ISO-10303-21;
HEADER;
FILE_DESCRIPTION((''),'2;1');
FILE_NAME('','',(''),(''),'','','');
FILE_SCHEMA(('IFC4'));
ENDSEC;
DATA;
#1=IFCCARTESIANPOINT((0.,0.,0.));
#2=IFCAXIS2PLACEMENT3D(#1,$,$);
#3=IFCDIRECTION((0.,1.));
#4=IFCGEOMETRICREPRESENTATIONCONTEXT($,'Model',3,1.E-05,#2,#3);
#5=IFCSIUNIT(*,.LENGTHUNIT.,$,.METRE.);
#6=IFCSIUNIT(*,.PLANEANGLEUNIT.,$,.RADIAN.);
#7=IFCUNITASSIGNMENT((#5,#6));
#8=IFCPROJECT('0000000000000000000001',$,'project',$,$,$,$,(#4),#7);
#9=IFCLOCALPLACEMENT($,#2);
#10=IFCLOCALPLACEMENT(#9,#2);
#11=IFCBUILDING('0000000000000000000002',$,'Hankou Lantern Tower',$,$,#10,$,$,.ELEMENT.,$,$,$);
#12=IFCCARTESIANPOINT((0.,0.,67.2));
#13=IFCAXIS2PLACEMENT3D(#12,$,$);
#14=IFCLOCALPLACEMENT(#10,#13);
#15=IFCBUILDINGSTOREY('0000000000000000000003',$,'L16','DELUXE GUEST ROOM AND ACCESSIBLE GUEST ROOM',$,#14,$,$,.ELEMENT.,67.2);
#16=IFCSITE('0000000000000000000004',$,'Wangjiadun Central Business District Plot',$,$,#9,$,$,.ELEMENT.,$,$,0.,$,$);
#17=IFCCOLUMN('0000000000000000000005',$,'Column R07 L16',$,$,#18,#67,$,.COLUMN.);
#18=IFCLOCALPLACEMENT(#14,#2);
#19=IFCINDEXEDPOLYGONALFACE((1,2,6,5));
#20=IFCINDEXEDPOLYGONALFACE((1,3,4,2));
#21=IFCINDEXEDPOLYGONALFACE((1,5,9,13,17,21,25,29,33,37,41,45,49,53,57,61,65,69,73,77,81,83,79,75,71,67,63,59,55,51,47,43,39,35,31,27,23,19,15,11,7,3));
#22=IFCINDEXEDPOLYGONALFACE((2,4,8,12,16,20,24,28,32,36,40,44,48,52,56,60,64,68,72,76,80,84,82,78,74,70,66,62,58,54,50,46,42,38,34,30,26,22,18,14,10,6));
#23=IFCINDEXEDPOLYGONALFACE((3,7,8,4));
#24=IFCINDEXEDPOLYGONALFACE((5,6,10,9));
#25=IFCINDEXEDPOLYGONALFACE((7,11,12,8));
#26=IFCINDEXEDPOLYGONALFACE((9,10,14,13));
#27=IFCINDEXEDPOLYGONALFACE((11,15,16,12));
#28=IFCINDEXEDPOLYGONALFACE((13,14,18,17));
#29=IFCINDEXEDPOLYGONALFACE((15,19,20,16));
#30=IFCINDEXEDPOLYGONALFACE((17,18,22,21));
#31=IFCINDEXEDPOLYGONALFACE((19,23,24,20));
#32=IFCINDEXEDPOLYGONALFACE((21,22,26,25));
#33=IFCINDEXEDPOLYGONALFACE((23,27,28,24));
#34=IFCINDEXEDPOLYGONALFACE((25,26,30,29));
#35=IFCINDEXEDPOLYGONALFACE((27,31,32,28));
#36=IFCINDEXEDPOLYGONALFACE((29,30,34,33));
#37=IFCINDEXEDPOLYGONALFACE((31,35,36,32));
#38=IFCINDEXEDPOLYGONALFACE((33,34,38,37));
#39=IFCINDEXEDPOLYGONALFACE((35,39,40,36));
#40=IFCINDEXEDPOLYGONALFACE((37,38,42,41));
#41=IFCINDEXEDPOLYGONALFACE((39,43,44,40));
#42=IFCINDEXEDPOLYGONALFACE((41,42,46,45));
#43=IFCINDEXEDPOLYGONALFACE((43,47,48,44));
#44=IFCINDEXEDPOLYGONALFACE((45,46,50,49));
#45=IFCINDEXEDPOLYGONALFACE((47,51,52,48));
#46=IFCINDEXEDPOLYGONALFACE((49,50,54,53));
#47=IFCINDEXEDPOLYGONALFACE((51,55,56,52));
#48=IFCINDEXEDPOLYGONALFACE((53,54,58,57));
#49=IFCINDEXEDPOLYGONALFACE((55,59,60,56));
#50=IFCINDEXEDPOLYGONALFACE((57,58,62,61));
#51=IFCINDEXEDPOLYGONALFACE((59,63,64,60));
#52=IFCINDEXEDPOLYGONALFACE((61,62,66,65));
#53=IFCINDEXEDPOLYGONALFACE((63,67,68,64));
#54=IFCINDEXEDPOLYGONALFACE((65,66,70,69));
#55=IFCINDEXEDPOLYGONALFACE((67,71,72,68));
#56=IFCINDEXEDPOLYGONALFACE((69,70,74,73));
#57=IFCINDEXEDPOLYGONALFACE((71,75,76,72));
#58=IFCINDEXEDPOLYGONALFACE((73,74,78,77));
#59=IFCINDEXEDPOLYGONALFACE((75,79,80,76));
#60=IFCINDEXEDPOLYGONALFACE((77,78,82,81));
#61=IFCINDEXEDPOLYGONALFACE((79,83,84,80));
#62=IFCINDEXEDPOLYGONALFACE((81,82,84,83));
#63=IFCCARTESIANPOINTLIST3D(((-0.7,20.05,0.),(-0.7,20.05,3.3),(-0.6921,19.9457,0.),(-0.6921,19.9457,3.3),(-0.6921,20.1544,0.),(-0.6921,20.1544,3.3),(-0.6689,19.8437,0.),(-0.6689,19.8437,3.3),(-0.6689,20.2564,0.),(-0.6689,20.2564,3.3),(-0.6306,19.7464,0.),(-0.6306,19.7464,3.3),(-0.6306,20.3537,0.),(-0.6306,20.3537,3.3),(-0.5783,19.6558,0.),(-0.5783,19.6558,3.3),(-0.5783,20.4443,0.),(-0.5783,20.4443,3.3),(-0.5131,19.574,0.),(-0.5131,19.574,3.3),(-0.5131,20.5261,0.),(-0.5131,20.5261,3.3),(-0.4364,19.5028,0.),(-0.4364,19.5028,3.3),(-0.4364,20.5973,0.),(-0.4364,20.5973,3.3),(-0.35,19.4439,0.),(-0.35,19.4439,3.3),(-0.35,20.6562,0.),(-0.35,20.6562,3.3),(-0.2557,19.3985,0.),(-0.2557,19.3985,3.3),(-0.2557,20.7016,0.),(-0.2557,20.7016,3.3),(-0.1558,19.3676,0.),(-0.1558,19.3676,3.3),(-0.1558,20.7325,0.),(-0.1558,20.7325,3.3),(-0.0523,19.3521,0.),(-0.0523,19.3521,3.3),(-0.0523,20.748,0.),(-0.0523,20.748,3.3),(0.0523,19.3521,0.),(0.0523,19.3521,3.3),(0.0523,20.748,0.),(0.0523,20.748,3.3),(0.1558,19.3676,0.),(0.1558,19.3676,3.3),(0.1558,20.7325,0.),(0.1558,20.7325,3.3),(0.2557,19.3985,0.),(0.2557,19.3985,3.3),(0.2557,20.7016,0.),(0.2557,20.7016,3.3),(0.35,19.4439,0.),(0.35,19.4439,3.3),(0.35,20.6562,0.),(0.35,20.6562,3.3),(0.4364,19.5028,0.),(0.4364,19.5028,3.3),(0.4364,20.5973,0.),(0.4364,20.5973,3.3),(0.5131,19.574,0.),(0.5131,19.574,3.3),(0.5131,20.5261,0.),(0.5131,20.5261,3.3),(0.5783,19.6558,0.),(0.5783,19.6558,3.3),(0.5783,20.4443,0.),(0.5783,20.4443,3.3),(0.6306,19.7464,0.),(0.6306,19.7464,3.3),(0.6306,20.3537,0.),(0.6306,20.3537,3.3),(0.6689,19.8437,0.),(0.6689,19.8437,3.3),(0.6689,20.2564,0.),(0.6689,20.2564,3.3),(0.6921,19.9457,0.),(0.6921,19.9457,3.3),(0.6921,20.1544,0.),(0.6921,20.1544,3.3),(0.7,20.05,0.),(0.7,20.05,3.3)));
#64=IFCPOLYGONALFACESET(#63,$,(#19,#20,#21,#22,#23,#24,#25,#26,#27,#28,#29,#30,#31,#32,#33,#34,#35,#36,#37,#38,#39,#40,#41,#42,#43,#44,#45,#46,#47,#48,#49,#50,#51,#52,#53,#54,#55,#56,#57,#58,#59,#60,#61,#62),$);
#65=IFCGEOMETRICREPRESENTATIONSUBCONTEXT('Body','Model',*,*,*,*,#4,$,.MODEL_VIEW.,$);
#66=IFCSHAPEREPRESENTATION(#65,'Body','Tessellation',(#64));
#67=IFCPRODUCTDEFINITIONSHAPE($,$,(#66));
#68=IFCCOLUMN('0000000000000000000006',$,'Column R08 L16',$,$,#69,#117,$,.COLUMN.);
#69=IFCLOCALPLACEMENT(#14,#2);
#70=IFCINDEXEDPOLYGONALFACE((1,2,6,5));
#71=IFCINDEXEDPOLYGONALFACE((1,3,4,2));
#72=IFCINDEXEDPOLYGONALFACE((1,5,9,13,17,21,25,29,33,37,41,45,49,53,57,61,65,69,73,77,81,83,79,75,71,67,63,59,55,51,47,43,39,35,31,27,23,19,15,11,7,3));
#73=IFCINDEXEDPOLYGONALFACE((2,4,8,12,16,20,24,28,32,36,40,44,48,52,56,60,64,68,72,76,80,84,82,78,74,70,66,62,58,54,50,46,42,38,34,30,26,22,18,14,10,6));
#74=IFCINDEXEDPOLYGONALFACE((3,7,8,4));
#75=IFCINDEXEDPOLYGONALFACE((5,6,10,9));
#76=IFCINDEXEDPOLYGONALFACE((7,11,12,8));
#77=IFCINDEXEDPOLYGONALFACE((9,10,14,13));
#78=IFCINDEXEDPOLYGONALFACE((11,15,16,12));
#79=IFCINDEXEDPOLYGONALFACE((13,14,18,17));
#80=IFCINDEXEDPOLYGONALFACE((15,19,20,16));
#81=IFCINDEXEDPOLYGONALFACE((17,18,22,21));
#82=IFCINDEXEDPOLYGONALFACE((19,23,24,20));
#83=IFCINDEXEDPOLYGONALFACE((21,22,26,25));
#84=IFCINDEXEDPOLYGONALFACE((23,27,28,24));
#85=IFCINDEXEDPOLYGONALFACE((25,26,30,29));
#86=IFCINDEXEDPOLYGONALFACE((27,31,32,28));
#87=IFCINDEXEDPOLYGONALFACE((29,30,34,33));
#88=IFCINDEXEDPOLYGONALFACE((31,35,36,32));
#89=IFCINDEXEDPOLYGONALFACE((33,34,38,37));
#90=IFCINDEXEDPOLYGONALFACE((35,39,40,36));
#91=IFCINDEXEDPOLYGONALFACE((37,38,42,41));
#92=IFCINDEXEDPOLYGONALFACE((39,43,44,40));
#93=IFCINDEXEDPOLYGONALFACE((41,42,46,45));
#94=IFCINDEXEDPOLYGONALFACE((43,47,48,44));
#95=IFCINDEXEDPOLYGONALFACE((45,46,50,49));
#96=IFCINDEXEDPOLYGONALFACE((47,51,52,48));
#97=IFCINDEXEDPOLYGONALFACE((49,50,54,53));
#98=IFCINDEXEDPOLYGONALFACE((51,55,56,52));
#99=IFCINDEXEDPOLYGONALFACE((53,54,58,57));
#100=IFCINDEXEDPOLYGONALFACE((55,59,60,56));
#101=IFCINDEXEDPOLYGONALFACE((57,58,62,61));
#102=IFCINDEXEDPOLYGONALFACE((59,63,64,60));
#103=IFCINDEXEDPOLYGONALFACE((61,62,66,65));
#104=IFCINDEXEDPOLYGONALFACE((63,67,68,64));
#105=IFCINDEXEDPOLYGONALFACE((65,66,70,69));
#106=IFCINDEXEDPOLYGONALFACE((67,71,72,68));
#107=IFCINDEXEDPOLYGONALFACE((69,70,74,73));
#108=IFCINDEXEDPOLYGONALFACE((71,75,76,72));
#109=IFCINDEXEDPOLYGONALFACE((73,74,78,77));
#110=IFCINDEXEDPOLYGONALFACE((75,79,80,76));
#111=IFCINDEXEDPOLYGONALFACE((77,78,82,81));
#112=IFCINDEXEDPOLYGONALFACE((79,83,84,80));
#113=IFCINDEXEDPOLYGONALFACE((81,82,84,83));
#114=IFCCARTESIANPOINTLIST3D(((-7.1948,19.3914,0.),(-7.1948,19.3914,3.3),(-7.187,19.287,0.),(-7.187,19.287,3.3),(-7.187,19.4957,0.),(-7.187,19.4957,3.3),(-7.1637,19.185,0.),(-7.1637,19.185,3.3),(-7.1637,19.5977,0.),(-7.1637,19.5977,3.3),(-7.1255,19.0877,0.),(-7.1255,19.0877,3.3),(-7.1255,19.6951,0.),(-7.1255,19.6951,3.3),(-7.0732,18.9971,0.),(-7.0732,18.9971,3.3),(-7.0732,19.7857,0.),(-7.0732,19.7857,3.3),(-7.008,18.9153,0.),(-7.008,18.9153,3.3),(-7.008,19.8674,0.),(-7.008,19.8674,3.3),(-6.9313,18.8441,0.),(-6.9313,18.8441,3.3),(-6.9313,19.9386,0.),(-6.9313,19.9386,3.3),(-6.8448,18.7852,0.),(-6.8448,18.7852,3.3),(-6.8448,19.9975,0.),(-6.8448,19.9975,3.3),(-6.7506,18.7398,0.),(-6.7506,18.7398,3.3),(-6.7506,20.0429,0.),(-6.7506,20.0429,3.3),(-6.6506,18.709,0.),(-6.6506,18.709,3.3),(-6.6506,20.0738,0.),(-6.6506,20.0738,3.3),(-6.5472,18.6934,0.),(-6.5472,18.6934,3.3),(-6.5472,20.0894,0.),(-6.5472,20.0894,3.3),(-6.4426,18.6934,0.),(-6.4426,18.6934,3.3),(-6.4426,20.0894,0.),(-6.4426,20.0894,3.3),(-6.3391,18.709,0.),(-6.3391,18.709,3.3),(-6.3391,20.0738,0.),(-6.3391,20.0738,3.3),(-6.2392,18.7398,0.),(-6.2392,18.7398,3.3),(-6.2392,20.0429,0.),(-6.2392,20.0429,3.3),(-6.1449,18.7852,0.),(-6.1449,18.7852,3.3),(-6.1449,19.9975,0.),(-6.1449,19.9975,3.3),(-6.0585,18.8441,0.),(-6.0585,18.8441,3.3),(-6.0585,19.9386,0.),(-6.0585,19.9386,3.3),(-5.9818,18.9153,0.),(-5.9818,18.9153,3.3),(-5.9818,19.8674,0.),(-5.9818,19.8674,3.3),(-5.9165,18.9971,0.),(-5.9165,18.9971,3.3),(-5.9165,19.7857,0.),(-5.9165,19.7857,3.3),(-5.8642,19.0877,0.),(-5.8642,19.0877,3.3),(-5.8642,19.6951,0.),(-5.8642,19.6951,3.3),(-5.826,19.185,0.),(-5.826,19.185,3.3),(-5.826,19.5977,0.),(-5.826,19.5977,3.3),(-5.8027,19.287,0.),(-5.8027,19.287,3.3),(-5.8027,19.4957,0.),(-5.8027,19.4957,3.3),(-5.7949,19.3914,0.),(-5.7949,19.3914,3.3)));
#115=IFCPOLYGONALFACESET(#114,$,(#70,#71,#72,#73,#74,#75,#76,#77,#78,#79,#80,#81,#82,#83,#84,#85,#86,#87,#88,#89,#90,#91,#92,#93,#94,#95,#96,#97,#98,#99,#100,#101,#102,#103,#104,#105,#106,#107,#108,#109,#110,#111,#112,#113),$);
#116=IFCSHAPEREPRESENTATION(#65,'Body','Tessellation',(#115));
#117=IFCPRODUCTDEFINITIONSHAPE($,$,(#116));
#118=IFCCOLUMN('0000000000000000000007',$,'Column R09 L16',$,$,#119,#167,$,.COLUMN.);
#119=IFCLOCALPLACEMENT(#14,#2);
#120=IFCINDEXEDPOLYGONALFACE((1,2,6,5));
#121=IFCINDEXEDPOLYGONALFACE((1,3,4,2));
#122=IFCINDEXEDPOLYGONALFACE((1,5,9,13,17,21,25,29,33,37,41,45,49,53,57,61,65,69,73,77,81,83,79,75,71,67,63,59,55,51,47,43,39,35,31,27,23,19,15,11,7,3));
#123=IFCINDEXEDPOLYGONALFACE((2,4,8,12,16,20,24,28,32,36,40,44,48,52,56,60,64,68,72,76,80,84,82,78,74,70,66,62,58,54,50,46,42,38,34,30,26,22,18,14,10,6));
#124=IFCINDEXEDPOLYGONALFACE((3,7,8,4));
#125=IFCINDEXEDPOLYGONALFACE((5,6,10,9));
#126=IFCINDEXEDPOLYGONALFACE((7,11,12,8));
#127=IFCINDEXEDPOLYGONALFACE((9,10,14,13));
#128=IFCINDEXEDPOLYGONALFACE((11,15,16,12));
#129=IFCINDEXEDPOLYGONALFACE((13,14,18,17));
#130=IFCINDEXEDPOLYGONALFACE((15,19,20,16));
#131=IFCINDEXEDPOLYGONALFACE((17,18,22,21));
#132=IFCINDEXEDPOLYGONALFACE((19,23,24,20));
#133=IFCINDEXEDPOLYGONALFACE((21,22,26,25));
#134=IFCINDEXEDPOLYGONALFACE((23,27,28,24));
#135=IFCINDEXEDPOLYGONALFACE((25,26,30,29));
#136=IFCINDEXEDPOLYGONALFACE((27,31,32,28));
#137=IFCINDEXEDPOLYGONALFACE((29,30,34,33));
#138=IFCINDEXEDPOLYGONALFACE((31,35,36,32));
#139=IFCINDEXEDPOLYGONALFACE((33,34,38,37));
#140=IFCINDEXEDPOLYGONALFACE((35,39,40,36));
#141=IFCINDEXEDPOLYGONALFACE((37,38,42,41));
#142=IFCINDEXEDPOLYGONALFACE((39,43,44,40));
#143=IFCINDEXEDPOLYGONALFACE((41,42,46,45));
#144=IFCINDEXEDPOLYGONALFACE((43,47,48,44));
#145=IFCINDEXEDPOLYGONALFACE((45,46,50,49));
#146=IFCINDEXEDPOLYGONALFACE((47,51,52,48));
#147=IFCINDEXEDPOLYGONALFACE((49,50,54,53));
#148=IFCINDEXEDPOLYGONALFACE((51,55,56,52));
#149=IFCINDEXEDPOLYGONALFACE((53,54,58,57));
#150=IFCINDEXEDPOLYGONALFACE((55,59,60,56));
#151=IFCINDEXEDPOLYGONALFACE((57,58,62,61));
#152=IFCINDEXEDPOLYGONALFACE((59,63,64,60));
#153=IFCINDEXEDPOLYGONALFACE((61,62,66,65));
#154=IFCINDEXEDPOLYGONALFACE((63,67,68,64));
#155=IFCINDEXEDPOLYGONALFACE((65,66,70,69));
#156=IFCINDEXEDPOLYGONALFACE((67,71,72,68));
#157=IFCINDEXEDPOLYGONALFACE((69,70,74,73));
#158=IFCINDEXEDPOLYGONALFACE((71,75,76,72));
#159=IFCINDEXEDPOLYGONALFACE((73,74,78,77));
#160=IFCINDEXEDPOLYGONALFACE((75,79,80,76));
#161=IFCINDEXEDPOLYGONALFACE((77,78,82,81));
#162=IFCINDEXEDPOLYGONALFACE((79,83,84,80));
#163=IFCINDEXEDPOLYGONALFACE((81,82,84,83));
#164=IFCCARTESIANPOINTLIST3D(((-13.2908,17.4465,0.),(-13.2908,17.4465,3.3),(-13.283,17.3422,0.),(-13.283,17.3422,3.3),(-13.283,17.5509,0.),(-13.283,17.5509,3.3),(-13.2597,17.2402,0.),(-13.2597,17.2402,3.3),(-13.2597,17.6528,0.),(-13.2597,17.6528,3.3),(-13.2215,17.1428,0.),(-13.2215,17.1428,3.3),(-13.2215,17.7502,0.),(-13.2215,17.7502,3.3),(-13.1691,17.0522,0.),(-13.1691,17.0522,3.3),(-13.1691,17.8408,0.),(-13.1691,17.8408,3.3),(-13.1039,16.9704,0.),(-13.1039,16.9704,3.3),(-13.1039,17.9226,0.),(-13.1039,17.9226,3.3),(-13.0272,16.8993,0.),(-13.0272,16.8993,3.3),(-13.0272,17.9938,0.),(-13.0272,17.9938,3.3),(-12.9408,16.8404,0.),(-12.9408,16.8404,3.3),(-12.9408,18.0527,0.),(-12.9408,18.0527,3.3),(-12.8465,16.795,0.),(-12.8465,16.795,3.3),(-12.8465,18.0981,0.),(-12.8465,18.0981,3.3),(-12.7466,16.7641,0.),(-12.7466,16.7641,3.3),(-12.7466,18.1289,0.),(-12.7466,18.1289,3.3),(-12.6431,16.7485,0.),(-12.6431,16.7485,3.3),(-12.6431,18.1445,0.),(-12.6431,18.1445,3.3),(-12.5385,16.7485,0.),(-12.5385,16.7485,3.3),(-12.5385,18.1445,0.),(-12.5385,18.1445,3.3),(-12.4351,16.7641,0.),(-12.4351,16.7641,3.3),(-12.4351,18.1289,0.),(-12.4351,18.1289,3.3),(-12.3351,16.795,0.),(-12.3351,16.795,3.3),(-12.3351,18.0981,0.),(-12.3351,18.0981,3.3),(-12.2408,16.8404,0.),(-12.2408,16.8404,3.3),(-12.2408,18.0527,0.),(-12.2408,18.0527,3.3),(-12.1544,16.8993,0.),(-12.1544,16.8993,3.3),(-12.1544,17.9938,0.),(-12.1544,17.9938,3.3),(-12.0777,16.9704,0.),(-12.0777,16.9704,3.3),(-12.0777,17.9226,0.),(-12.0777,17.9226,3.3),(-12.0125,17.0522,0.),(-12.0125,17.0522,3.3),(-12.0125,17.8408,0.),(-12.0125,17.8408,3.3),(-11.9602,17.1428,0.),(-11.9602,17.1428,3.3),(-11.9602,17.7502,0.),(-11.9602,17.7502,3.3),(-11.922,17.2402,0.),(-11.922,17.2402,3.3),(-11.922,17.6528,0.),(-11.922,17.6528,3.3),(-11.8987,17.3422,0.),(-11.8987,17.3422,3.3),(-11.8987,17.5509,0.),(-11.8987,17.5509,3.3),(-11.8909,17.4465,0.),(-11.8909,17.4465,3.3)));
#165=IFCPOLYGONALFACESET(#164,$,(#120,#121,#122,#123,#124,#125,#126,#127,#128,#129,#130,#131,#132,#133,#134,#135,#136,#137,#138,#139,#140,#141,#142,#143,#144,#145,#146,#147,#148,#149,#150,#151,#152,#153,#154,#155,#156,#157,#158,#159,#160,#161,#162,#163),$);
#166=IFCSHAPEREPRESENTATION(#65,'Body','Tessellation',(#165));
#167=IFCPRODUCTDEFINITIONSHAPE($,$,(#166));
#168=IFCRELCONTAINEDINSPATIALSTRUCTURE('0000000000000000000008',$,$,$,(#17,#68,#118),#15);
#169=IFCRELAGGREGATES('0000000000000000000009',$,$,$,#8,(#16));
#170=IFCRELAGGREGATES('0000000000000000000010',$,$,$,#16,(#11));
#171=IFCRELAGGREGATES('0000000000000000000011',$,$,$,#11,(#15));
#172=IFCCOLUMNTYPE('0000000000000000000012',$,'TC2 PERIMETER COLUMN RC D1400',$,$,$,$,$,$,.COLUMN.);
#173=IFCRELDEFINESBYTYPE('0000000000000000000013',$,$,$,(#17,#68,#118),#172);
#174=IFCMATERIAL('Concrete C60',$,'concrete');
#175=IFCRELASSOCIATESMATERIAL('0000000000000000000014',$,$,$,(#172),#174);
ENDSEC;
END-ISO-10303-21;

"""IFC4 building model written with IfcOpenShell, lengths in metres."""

from ifc_helpers import new_model, si_unit, direction, frame, origin, origin_2d, place, context, subcontext, project, spatial, circle, extrude, material, material_profile, profile_set, type_object, element, save


model = new_model("IFC4")

# Units and contexts
model_context = context("Model", 3, precision=1e-05, world=origin(), true_north=direction((0.0, 1.0)))
body_context = subcontext(model_context, "Body", "Model", "MODEL_VIEW")
ifc_project = project(units=[si_unit("LENGTHUNIT", "METRE"), si_unit("PLANEANGLEUNIT", "RADIAN")], contexts=[model_context])

# Site, building, storey
site_placement = place(None, origin())
site = spatial("IfcSite", under=ifc_project, at=site_placement, Name="Wangjiadun Central Business District Plot", CompositionType="ELEMENT", RefElevation=0.0)
building_placement = place(site_placement, origin())
building = spatial("IfcBuilding", under=site, at=building_placement, Name="Hankou Lantern Tower", CompositionType="ELEMENT")
storey_placement = place(building_placement, frame((0.0, 0.0, 67.2)))
storey = spatial("IfcBuildingStorey", under=building, at=storey_placement, Name="L16", Description="DELUXE GUEST ROOM AND ACCESSIBLE GUEST ROOM", CompositionType="ELEMENT", Elevation=67.2)

# Columns
ifc_material_1 = material(Name="Concrete C60", Category="concrete")
ifc_material_profile_1 = material_profile(ifc_material_1, circle(Radius=0.7, at=origin_2d()), Name="RC D1400")
ifc_profile_set_1 = profile_set([ifc_material_profile_1], Name="Concrete C60")
column_type = type_object("IfcColumnType", Name="TC2 PERIMETER COLUMN RC D1400", PredefinedType="COLUMN", material=ifc_profile_set_1)
for number, where, z_axis, x_axis, name in (
    (1, (0.0, 20.05, 0.0), (0.0, 0.0, 1.0), (1.0, 0.0, 0.0), "Column R07 L16"),
    (2, (-6.4949, 19.3914, 0.0), (0.0, 0.0, 1.0), (1.0, 0.0, 0.0), "Column R08 L16"),
    (3, (-12.5908, 17.4465, 0.0), (0.0, 0.0, 1.0), (1.0, 0.0, 0.0), "Column R09 L16"),
):
    element("IfcColumn", number, at=place(storey_placement, frame(where, z_axis=z_axis, x_axis=x_axis)), inside=storey, type_object=column_type, Name=name, PredefinedType="COLUMN", context=body_context, shape_type="SweptSolid", body=[
        extrude(circle(Radius=0.7, at=origin_2d()), origin(), (0.0, 0.0, 1.0), 3.3),
    ])

save(model, "model.ifc")
